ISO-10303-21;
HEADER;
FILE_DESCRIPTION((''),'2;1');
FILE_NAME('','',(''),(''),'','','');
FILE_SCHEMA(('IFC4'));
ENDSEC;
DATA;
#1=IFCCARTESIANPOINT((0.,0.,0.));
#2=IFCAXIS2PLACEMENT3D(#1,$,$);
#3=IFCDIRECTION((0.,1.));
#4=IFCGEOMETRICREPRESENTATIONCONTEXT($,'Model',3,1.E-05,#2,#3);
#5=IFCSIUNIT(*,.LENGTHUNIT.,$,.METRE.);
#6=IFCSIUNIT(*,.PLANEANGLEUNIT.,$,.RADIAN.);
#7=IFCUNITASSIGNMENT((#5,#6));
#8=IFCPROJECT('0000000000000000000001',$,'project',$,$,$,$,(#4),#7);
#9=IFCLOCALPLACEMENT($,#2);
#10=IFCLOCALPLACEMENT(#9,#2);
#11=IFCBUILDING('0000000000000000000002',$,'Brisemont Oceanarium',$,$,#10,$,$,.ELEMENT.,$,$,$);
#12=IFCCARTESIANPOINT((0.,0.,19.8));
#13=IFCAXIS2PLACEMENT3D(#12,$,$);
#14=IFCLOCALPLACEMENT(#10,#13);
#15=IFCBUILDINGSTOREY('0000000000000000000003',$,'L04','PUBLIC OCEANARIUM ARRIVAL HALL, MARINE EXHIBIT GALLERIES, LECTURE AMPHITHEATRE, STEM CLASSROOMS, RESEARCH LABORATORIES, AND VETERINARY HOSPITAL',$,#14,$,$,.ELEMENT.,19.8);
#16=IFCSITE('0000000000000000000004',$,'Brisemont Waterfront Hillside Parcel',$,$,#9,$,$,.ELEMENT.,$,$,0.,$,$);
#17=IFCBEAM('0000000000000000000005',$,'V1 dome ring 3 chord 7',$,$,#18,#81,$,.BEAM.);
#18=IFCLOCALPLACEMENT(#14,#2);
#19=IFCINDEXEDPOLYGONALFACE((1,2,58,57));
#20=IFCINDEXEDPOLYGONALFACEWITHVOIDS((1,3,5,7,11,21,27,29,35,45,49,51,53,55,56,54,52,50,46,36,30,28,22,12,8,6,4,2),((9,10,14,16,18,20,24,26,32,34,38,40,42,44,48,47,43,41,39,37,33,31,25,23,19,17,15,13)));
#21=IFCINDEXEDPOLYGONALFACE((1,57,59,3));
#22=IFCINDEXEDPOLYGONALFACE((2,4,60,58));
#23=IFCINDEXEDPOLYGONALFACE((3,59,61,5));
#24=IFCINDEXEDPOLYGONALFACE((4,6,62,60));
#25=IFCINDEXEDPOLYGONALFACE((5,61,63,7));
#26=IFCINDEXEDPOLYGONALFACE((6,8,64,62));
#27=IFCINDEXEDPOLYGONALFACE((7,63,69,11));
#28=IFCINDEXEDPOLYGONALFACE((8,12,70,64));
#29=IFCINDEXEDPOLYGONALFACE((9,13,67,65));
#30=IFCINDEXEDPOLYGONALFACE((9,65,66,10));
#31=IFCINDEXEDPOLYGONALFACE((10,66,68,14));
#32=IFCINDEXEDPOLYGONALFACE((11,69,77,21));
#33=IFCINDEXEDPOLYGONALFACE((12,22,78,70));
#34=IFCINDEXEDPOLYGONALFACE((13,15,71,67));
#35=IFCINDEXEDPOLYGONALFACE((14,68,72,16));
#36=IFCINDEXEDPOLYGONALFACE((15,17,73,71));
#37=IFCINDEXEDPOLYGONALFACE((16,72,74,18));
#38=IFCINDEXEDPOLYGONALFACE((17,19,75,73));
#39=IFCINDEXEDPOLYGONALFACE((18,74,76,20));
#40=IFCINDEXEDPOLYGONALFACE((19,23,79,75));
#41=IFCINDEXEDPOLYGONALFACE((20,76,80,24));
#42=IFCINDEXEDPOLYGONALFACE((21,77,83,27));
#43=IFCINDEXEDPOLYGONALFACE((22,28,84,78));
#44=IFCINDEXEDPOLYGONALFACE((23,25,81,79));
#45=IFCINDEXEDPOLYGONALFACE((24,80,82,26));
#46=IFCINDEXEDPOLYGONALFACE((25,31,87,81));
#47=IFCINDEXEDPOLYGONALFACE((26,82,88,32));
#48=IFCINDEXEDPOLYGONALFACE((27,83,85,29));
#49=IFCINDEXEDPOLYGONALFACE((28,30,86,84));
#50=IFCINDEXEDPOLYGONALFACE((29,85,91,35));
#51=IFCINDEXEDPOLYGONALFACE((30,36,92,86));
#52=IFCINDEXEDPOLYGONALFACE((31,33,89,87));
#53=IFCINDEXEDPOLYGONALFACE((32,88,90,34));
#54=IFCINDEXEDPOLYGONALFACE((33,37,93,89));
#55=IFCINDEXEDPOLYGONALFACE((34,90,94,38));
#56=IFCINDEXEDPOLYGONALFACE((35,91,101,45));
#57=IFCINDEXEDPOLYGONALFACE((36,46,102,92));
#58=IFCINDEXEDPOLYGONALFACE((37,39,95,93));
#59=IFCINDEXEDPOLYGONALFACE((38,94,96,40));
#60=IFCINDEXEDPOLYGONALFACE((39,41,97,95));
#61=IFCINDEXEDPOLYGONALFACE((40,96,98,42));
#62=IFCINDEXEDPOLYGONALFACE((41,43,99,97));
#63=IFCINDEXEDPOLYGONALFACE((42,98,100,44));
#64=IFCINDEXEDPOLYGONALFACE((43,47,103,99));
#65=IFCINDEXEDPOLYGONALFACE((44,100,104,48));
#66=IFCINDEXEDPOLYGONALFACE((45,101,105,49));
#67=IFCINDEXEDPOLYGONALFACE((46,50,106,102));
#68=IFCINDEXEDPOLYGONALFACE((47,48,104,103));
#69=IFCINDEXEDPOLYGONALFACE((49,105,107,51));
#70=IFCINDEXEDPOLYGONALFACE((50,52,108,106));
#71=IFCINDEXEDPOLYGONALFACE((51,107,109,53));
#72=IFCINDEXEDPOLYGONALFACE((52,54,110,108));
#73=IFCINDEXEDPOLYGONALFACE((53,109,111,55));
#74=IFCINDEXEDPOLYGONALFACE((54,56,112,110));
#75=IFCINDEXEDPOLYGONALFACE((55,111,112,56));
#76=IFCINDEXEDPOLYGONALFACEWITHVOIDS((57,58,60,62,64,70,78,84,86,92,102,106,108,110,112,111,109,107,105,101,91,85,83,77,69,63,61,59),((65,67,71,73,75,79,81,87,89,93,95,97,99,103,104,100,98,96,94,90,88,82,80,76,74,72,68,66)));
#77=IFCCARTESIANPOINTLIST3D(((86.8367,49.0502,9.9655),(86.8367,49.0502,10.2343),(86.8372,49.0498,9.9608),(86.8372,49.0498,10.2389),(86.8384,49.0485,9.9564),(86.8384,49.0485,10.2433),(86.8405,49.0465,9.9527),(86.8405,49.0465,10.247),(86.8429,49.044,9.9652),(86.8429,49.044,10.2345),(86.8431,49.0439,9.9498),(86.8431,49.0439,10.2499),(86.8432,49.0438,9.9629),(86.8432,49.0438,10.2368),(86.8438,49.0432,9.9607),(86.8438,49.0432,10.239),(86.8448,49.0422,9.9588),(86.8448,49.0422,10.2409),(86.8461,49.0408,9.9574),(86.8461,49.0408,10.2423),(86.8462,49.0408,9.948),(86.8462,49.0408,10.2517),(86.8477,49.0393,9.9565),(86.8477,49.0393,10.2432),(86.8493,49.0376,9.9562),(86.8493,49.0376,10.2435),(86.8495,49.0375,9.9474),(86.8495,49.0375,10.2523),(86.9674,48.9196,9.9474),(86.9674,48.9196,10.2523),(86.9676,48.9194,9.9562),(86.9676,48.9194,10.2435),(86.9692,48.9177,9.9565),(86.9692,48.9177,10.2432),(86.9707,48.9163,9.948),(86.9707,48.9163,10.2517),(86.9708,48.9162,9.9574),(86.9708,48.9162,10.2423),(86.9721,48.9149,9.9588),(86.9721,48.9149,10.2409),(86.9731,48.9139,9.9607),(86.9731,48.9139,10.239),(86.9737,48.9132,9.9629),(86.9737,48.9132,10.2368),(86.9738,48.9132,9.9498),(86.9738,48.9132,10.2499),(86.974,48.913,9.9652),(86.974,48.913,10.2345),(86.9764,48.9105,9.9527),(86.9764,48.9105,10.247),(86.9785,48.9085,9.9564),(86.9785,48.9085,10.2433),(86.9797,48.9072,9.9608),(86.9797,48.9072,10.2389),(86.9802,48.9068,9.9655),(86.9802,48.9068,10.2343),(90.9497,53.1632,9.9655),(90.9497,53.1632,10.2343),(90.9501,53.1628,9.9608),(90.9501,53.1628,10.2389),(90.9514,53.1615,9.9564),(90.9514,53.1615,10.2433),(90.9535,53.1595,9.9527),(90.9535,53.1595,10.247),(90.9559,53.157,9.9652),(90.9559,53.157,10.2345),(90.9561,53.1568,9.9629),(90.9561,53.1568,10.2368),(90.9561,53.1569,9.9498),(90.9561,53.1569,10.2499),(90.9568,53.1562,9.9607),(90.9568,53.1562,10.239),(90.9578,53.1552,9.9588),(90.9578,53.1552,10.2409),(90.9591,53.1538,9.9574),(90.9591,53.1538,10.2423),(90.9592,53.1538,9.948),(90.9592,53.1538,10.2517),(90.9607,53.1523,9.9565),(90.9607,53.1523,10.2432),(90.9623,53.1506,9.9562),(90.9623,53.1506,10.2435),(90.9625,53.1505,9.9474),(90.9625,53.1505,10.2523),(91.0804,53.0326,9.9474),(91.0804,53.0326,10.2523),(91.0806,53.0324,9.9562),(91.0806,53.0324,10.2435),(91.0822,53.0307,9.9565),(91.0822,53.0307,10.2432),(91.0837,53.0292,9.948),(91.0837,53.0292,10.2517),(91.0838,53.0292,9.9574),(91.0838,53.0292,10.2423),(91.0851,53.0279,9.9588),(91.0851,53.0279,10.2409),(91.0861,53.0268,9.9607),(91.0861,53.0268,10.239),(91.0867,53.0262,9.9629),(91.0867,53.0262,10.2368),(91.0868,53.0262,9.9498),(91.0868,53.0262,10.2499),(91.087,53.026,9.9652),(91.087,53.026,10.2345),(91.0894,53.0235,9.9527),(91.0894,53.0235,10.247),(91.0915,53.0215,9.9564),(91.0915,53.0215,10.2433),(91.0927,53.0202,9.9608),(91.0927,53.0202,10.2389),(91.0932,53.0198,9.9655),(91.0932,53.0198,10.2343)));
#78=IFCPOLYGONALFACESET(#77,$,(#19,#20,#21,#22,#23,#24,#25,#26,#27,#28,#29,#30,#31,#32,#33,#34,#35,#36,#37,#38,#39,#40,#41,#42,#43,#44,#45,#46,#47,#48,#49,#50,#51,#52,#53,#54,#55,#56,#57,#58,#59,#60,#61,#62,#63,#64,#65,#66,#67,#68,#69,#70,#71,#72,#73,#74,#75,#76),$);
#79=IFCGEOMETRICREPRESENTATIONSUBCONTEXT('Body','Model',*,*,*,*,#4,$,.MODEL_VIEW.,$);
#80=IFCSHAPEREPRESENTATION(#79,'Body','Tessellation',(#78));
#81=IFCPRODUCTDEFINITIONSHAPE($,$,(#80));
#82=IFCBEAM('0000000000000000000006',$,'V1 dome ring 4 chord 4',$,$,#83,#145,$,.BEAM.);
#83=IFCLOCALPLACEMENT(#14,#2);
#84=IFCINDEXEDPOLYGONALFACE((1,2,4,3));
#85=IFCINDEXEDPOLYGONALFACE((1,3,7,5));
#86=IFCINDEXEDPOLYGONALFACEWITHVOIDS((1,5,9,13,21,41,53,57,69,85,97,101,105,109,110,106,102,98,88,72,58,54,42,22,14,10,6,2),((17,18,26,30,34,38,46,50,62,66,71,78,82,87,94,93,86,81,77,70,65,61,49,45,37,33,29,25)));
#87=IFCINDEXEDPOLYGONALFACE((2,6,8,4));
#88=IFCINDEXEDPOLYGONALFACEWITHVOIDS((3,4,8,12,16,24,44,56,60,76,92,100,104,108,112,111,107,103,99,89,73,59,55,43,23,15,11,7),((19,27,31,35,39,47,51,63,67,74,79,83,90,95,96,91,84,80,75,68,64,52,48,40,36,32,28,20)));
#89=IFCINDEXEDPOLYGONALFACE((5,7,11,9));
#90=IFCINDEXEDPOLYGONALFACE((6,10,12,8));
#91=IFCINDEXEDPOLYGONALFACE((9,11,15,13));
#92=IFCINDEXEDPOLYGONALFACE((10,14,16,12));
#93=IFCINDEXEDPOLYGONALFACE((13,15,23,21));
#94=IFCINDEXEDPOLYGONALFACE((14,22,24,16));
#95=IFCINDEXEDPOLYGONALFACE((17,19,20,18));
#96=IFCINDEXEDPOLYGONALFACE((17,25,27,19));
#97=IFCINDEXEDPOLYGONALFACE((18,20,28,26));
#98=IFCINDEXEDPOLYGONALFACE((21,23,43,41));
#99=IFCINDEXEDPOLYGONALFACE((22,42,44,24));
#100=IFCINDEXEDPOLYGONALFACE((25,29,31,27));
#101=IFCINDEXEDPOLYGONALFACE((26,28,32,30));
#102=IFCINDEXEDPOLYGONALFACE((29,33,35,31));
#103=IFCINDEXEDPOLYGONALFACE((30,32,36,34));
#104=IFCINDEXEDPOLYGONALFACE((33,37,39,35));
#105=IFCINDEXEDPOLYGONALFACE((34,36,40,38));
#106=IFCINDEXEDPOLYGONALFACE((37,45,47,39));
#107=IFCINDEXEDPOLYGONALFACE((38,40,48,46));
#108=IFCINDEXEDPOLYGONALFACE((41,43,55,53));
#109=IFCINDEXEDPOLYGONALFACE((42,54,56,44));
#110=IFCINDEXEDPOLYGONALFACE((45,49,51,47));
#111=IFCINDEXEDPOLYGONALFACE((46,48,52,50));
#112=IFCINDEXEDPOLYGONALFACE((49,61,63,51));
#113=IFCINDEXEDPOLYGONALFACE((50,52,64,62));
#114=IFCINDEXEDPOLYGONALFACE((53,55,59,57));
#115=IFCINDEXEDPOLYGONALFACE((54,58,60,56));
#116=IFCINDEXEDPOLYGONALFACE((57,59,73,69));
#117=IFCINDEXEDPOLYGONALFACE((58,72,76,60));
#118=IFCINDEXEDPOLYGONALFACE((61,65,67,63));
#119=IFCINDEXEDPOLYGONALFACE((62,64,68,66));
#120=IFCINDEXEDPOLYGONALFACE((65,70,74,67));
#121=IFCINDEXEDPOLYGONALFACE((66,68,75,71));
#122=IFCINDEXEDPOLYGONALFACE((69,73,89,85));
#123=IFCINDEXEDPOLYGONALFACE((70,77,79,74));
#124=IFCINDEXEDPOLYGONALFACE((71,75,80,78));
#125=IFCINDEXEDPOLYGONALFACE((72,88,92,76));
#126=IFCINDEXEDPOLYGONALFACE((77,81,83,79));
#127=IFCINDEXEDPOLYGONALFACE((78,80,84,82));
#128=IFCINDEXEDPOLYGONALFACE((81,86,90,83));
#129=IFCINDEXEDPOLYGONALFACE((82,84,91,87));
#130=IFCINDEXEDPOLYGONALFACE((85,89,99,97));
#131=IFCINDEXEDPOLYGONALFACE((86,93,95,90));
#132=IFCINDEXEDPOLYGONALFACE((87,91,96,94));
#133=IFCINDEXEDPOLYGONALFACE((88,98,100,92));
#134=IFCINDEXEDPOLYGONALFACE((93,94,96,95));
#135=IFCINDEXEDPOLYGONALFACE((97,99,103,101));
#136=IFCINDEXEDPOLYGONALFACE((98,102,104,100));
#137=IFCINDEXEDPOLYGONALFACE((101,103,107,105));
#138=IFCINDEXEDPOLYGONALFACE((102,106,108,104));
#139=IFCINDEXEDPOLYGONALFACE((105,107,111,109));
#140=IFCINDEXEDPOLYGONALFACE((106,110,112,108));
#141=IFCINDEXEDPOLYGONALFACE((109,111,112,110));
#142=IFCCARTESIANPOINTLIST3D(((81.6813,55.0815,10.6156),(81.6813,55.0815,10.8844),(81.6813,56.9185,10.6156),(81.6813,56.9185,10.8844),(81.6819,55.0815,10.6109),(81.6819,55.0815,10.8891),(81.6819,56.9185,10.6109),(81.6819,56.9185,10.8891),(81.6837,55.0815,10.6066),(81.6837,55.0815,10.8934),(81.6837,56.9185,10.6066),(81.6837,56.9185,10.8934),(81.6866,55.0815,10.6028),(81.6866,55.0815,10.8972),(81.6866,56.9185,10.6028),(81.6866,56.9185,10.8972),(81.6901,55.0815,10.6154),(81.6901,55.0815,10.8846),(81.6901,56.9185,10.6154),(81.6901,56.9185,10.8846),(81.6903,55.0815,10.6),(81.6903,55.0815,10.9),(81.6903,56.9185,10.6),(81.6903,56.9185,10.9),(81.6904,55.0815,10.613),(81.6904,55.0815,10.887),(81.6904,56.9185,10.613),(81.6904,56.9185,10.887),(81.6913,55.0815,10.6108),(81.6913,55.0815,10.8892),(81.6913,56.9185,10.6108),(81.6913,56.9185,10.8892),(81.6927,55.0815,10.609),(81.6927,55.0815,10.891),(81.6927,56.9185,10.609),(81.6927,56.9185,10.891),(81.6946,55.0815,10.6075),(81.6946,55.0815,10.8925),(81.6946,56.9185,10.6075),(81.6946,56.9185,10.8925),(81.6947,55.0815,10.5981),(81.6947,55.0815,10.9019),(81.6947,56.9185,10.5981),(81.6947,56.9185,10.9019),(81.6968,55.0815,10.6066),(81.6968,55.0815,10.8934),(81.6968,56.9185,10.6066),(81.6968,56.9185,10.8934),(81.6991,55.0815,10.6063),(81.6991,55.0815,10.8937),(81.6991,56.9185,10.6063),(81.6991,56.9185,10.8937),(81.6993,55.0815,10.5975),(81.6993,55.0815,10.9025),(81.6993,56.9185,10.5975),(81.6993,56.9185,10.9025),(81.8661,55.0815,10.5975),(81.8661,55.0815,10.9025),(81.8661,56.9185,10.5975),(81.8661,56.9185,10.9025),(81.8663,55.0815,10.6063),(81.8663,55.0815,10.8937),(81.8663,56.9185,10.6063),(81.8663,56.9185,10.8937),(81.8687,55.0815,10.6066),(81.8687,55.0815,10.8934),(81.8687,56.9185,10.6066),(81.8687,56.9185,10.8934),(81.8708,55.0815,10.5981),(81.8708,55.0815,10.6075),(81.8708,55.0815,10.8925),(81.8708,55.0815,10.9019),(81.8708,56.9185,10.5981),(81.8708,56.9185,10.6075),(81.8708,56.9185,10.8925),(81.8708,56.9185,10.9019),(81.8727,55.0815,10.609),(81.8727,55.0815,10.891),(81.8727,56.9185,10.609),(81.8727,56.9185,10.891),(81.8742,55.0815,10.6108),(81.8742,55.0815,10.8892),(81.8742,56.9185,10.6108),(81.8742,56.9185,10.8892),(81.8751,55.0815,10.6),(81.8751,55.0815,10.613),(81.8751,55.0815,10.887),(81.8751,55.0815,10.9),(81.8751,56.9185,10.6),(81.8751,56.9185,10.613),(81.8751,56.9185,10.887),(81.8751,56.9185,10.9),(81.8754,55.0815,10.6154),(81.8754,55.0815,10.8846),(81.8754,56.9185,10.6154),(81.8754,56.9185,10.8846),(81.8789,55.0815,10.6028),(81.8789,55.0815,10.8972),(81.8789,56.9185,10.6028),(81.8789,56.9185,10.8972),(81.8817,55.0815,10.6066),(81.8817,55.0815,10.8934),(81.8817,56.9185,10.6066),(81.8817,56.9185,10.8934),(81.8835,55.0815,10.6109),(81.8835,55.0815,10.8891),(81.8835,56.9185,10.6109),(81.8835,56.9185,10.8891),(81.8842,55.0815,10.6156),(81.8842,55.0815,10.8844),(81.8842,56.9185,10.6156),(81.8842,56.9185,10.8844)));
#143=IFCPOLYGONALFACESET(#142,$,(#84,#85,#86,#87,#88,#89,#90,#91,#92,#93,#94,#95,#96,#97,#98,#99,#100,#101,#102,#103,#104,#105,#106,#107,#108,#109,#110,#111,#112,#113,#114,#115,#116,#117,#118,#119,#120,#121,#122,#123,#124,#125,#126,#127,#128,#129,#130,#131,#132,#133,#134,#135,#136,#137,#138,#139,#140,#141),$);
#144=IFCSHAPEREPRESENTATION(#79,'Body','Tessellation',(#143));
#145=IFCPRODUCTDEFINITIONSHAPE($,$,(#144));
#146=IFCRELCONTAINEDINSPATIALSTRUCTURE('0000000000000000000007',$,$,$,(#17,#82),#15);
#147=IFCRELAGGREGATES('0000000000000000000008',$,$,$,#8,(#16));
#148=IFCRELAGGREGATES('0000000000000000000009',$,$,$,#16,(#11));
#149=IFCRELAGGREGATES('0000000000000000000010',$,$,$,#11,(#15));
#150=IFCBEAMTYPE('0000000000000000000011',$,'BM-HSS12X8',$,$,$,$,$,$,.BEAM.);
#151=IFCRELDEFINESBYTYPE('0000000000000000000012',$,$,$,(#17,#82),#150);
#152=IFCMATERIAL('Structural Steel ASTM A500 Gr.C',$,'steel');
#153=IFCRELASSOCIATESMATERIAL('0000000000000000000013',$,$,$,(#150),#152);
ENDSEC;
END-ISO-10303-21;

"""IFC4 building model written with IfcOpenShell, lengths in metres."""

from ifc_helpers import new_model, si_unit, direction, frame, origin, origin_2d, place, context, subcontext, project, spatial, hollow_rectangle, extrude, material, material_profile, profile_set, type_object, element, save


model = new_model("IFC4")

# Units and contexts
model_context = context("Model", 3, precision=1e-05, world=origin(), true_north=direction((0.0, 1.0)))
body_context = subcontext(model_context, "Body", "Model", "MODEL_VIEW")
ifc_project = project(units=[si_unit("LENGTHUNIT", "METRE"), si_unit("PLANEANGLEUNIT", "RADIAN")], contexts=[model_context])

# Site, building, storey
site_placement = place(None, origin())
site = spatial("IfcSite", under=ifc_project, at=site_placement, Name="Brisemont Waterfront Hillside Parcel", CompositionType="ELEMENT", RefElevation=0.0)
building_placement = place(site_placement, origin())
building = spatial("IfcBuilding", under=site, at=building_placement, Name="Brisemont Oceanarium", CompositionType="ELEMENT")
storey_placement = place(building_placement, frame((0.0, 0.0, 19.8)))
storey = spatial("IfcBuildingStorey", under=building, at=storey_placement, Name="L04", Description="PUBLIC OCEANARIUM ARRIVAL HALL, MARINE EXHIBIT GALLERIES, LECTURE AMPHITHEATRE, STEM CLASSROOMS, RESEARCH LABORATORIES, AND VETERINARY HOSPITAL", CompositionType="ELEMENT", Elevation=19.8)

# Beams
ifc_material_1 = material(Name="Structural Steel ASTM A500 Gr.C", Category="steel")
ifc_material_profile_1 = material_profile(ifc_material_1, hollow_rectangle(XDim=0.2029, YDim=0.3049, WallThickness=0.0088, InnerFilletRadius=0.009, OuterFilletRadius=0.0181, at=origin_2d()), Name="HSS12X8X3/8")
ifc_profile_set_1 = profile_set([ifc_material_profile_1], Name="Structural Steel ASTM A500 Gr.C")
beam_type_1 = type_object("IfcBeamType", Name="BM-HSS12X8", PredefinedType="BEAM", material=ifc_profile_set_1)
beam_1_placement = place(storey_placement, frame((86.9084, 48.9785, 10.0999), z_axis=(0.707107, 0.707107, 0.0), x_axis=(-0.707107, 0.707107, 0.0)))
element("IfcBeam", 1, at=beam_1_placement, inside=storey, type_object=beam_type_1, Name="V1 dome ring 3 chord 7", PredefinedType="BEAM", context=body_context, shape_type="SweptSolid", body=[
    extrude(hollow_rectangle(XDim=0.2029, YDim=0.3049, WallThickness=0.0088, InnerFilletRadius=0.009, OuterFilletRadius=0.0181, at=origin_2d()), origin(), (0.0, 0.0, 1.0), 5.8167),
])
for number, where, z_axis, x_axis, name in (
    (2, (81.7827, 56.9185, 10.75), (0.0, -1.0, 0.0), (1.0, 0.0, 0.0), "V1 dome ring 4 chord 4"),
):
    element("IfcBeam", number, at=place(storey_placement, frame(where, z_axis=z_axis, x_axis=x_axis)), inside=storey, type_object=beam_type_1, Name=name, PredefinedType="BEAM", context=body_context, shape_type="SweptSolid", body=[
        extrude(hollow_rectangle(XDim=0.2029, YDim=0.3049, WallThickness=0.0088, InnerFilletRadius=0.009, OuterFilletRadius=0.0181, at=origin_2d()), origin(), (0.0, 0.0, 1.0), 1.8369),
    ])

save(model, "model.ifc")
